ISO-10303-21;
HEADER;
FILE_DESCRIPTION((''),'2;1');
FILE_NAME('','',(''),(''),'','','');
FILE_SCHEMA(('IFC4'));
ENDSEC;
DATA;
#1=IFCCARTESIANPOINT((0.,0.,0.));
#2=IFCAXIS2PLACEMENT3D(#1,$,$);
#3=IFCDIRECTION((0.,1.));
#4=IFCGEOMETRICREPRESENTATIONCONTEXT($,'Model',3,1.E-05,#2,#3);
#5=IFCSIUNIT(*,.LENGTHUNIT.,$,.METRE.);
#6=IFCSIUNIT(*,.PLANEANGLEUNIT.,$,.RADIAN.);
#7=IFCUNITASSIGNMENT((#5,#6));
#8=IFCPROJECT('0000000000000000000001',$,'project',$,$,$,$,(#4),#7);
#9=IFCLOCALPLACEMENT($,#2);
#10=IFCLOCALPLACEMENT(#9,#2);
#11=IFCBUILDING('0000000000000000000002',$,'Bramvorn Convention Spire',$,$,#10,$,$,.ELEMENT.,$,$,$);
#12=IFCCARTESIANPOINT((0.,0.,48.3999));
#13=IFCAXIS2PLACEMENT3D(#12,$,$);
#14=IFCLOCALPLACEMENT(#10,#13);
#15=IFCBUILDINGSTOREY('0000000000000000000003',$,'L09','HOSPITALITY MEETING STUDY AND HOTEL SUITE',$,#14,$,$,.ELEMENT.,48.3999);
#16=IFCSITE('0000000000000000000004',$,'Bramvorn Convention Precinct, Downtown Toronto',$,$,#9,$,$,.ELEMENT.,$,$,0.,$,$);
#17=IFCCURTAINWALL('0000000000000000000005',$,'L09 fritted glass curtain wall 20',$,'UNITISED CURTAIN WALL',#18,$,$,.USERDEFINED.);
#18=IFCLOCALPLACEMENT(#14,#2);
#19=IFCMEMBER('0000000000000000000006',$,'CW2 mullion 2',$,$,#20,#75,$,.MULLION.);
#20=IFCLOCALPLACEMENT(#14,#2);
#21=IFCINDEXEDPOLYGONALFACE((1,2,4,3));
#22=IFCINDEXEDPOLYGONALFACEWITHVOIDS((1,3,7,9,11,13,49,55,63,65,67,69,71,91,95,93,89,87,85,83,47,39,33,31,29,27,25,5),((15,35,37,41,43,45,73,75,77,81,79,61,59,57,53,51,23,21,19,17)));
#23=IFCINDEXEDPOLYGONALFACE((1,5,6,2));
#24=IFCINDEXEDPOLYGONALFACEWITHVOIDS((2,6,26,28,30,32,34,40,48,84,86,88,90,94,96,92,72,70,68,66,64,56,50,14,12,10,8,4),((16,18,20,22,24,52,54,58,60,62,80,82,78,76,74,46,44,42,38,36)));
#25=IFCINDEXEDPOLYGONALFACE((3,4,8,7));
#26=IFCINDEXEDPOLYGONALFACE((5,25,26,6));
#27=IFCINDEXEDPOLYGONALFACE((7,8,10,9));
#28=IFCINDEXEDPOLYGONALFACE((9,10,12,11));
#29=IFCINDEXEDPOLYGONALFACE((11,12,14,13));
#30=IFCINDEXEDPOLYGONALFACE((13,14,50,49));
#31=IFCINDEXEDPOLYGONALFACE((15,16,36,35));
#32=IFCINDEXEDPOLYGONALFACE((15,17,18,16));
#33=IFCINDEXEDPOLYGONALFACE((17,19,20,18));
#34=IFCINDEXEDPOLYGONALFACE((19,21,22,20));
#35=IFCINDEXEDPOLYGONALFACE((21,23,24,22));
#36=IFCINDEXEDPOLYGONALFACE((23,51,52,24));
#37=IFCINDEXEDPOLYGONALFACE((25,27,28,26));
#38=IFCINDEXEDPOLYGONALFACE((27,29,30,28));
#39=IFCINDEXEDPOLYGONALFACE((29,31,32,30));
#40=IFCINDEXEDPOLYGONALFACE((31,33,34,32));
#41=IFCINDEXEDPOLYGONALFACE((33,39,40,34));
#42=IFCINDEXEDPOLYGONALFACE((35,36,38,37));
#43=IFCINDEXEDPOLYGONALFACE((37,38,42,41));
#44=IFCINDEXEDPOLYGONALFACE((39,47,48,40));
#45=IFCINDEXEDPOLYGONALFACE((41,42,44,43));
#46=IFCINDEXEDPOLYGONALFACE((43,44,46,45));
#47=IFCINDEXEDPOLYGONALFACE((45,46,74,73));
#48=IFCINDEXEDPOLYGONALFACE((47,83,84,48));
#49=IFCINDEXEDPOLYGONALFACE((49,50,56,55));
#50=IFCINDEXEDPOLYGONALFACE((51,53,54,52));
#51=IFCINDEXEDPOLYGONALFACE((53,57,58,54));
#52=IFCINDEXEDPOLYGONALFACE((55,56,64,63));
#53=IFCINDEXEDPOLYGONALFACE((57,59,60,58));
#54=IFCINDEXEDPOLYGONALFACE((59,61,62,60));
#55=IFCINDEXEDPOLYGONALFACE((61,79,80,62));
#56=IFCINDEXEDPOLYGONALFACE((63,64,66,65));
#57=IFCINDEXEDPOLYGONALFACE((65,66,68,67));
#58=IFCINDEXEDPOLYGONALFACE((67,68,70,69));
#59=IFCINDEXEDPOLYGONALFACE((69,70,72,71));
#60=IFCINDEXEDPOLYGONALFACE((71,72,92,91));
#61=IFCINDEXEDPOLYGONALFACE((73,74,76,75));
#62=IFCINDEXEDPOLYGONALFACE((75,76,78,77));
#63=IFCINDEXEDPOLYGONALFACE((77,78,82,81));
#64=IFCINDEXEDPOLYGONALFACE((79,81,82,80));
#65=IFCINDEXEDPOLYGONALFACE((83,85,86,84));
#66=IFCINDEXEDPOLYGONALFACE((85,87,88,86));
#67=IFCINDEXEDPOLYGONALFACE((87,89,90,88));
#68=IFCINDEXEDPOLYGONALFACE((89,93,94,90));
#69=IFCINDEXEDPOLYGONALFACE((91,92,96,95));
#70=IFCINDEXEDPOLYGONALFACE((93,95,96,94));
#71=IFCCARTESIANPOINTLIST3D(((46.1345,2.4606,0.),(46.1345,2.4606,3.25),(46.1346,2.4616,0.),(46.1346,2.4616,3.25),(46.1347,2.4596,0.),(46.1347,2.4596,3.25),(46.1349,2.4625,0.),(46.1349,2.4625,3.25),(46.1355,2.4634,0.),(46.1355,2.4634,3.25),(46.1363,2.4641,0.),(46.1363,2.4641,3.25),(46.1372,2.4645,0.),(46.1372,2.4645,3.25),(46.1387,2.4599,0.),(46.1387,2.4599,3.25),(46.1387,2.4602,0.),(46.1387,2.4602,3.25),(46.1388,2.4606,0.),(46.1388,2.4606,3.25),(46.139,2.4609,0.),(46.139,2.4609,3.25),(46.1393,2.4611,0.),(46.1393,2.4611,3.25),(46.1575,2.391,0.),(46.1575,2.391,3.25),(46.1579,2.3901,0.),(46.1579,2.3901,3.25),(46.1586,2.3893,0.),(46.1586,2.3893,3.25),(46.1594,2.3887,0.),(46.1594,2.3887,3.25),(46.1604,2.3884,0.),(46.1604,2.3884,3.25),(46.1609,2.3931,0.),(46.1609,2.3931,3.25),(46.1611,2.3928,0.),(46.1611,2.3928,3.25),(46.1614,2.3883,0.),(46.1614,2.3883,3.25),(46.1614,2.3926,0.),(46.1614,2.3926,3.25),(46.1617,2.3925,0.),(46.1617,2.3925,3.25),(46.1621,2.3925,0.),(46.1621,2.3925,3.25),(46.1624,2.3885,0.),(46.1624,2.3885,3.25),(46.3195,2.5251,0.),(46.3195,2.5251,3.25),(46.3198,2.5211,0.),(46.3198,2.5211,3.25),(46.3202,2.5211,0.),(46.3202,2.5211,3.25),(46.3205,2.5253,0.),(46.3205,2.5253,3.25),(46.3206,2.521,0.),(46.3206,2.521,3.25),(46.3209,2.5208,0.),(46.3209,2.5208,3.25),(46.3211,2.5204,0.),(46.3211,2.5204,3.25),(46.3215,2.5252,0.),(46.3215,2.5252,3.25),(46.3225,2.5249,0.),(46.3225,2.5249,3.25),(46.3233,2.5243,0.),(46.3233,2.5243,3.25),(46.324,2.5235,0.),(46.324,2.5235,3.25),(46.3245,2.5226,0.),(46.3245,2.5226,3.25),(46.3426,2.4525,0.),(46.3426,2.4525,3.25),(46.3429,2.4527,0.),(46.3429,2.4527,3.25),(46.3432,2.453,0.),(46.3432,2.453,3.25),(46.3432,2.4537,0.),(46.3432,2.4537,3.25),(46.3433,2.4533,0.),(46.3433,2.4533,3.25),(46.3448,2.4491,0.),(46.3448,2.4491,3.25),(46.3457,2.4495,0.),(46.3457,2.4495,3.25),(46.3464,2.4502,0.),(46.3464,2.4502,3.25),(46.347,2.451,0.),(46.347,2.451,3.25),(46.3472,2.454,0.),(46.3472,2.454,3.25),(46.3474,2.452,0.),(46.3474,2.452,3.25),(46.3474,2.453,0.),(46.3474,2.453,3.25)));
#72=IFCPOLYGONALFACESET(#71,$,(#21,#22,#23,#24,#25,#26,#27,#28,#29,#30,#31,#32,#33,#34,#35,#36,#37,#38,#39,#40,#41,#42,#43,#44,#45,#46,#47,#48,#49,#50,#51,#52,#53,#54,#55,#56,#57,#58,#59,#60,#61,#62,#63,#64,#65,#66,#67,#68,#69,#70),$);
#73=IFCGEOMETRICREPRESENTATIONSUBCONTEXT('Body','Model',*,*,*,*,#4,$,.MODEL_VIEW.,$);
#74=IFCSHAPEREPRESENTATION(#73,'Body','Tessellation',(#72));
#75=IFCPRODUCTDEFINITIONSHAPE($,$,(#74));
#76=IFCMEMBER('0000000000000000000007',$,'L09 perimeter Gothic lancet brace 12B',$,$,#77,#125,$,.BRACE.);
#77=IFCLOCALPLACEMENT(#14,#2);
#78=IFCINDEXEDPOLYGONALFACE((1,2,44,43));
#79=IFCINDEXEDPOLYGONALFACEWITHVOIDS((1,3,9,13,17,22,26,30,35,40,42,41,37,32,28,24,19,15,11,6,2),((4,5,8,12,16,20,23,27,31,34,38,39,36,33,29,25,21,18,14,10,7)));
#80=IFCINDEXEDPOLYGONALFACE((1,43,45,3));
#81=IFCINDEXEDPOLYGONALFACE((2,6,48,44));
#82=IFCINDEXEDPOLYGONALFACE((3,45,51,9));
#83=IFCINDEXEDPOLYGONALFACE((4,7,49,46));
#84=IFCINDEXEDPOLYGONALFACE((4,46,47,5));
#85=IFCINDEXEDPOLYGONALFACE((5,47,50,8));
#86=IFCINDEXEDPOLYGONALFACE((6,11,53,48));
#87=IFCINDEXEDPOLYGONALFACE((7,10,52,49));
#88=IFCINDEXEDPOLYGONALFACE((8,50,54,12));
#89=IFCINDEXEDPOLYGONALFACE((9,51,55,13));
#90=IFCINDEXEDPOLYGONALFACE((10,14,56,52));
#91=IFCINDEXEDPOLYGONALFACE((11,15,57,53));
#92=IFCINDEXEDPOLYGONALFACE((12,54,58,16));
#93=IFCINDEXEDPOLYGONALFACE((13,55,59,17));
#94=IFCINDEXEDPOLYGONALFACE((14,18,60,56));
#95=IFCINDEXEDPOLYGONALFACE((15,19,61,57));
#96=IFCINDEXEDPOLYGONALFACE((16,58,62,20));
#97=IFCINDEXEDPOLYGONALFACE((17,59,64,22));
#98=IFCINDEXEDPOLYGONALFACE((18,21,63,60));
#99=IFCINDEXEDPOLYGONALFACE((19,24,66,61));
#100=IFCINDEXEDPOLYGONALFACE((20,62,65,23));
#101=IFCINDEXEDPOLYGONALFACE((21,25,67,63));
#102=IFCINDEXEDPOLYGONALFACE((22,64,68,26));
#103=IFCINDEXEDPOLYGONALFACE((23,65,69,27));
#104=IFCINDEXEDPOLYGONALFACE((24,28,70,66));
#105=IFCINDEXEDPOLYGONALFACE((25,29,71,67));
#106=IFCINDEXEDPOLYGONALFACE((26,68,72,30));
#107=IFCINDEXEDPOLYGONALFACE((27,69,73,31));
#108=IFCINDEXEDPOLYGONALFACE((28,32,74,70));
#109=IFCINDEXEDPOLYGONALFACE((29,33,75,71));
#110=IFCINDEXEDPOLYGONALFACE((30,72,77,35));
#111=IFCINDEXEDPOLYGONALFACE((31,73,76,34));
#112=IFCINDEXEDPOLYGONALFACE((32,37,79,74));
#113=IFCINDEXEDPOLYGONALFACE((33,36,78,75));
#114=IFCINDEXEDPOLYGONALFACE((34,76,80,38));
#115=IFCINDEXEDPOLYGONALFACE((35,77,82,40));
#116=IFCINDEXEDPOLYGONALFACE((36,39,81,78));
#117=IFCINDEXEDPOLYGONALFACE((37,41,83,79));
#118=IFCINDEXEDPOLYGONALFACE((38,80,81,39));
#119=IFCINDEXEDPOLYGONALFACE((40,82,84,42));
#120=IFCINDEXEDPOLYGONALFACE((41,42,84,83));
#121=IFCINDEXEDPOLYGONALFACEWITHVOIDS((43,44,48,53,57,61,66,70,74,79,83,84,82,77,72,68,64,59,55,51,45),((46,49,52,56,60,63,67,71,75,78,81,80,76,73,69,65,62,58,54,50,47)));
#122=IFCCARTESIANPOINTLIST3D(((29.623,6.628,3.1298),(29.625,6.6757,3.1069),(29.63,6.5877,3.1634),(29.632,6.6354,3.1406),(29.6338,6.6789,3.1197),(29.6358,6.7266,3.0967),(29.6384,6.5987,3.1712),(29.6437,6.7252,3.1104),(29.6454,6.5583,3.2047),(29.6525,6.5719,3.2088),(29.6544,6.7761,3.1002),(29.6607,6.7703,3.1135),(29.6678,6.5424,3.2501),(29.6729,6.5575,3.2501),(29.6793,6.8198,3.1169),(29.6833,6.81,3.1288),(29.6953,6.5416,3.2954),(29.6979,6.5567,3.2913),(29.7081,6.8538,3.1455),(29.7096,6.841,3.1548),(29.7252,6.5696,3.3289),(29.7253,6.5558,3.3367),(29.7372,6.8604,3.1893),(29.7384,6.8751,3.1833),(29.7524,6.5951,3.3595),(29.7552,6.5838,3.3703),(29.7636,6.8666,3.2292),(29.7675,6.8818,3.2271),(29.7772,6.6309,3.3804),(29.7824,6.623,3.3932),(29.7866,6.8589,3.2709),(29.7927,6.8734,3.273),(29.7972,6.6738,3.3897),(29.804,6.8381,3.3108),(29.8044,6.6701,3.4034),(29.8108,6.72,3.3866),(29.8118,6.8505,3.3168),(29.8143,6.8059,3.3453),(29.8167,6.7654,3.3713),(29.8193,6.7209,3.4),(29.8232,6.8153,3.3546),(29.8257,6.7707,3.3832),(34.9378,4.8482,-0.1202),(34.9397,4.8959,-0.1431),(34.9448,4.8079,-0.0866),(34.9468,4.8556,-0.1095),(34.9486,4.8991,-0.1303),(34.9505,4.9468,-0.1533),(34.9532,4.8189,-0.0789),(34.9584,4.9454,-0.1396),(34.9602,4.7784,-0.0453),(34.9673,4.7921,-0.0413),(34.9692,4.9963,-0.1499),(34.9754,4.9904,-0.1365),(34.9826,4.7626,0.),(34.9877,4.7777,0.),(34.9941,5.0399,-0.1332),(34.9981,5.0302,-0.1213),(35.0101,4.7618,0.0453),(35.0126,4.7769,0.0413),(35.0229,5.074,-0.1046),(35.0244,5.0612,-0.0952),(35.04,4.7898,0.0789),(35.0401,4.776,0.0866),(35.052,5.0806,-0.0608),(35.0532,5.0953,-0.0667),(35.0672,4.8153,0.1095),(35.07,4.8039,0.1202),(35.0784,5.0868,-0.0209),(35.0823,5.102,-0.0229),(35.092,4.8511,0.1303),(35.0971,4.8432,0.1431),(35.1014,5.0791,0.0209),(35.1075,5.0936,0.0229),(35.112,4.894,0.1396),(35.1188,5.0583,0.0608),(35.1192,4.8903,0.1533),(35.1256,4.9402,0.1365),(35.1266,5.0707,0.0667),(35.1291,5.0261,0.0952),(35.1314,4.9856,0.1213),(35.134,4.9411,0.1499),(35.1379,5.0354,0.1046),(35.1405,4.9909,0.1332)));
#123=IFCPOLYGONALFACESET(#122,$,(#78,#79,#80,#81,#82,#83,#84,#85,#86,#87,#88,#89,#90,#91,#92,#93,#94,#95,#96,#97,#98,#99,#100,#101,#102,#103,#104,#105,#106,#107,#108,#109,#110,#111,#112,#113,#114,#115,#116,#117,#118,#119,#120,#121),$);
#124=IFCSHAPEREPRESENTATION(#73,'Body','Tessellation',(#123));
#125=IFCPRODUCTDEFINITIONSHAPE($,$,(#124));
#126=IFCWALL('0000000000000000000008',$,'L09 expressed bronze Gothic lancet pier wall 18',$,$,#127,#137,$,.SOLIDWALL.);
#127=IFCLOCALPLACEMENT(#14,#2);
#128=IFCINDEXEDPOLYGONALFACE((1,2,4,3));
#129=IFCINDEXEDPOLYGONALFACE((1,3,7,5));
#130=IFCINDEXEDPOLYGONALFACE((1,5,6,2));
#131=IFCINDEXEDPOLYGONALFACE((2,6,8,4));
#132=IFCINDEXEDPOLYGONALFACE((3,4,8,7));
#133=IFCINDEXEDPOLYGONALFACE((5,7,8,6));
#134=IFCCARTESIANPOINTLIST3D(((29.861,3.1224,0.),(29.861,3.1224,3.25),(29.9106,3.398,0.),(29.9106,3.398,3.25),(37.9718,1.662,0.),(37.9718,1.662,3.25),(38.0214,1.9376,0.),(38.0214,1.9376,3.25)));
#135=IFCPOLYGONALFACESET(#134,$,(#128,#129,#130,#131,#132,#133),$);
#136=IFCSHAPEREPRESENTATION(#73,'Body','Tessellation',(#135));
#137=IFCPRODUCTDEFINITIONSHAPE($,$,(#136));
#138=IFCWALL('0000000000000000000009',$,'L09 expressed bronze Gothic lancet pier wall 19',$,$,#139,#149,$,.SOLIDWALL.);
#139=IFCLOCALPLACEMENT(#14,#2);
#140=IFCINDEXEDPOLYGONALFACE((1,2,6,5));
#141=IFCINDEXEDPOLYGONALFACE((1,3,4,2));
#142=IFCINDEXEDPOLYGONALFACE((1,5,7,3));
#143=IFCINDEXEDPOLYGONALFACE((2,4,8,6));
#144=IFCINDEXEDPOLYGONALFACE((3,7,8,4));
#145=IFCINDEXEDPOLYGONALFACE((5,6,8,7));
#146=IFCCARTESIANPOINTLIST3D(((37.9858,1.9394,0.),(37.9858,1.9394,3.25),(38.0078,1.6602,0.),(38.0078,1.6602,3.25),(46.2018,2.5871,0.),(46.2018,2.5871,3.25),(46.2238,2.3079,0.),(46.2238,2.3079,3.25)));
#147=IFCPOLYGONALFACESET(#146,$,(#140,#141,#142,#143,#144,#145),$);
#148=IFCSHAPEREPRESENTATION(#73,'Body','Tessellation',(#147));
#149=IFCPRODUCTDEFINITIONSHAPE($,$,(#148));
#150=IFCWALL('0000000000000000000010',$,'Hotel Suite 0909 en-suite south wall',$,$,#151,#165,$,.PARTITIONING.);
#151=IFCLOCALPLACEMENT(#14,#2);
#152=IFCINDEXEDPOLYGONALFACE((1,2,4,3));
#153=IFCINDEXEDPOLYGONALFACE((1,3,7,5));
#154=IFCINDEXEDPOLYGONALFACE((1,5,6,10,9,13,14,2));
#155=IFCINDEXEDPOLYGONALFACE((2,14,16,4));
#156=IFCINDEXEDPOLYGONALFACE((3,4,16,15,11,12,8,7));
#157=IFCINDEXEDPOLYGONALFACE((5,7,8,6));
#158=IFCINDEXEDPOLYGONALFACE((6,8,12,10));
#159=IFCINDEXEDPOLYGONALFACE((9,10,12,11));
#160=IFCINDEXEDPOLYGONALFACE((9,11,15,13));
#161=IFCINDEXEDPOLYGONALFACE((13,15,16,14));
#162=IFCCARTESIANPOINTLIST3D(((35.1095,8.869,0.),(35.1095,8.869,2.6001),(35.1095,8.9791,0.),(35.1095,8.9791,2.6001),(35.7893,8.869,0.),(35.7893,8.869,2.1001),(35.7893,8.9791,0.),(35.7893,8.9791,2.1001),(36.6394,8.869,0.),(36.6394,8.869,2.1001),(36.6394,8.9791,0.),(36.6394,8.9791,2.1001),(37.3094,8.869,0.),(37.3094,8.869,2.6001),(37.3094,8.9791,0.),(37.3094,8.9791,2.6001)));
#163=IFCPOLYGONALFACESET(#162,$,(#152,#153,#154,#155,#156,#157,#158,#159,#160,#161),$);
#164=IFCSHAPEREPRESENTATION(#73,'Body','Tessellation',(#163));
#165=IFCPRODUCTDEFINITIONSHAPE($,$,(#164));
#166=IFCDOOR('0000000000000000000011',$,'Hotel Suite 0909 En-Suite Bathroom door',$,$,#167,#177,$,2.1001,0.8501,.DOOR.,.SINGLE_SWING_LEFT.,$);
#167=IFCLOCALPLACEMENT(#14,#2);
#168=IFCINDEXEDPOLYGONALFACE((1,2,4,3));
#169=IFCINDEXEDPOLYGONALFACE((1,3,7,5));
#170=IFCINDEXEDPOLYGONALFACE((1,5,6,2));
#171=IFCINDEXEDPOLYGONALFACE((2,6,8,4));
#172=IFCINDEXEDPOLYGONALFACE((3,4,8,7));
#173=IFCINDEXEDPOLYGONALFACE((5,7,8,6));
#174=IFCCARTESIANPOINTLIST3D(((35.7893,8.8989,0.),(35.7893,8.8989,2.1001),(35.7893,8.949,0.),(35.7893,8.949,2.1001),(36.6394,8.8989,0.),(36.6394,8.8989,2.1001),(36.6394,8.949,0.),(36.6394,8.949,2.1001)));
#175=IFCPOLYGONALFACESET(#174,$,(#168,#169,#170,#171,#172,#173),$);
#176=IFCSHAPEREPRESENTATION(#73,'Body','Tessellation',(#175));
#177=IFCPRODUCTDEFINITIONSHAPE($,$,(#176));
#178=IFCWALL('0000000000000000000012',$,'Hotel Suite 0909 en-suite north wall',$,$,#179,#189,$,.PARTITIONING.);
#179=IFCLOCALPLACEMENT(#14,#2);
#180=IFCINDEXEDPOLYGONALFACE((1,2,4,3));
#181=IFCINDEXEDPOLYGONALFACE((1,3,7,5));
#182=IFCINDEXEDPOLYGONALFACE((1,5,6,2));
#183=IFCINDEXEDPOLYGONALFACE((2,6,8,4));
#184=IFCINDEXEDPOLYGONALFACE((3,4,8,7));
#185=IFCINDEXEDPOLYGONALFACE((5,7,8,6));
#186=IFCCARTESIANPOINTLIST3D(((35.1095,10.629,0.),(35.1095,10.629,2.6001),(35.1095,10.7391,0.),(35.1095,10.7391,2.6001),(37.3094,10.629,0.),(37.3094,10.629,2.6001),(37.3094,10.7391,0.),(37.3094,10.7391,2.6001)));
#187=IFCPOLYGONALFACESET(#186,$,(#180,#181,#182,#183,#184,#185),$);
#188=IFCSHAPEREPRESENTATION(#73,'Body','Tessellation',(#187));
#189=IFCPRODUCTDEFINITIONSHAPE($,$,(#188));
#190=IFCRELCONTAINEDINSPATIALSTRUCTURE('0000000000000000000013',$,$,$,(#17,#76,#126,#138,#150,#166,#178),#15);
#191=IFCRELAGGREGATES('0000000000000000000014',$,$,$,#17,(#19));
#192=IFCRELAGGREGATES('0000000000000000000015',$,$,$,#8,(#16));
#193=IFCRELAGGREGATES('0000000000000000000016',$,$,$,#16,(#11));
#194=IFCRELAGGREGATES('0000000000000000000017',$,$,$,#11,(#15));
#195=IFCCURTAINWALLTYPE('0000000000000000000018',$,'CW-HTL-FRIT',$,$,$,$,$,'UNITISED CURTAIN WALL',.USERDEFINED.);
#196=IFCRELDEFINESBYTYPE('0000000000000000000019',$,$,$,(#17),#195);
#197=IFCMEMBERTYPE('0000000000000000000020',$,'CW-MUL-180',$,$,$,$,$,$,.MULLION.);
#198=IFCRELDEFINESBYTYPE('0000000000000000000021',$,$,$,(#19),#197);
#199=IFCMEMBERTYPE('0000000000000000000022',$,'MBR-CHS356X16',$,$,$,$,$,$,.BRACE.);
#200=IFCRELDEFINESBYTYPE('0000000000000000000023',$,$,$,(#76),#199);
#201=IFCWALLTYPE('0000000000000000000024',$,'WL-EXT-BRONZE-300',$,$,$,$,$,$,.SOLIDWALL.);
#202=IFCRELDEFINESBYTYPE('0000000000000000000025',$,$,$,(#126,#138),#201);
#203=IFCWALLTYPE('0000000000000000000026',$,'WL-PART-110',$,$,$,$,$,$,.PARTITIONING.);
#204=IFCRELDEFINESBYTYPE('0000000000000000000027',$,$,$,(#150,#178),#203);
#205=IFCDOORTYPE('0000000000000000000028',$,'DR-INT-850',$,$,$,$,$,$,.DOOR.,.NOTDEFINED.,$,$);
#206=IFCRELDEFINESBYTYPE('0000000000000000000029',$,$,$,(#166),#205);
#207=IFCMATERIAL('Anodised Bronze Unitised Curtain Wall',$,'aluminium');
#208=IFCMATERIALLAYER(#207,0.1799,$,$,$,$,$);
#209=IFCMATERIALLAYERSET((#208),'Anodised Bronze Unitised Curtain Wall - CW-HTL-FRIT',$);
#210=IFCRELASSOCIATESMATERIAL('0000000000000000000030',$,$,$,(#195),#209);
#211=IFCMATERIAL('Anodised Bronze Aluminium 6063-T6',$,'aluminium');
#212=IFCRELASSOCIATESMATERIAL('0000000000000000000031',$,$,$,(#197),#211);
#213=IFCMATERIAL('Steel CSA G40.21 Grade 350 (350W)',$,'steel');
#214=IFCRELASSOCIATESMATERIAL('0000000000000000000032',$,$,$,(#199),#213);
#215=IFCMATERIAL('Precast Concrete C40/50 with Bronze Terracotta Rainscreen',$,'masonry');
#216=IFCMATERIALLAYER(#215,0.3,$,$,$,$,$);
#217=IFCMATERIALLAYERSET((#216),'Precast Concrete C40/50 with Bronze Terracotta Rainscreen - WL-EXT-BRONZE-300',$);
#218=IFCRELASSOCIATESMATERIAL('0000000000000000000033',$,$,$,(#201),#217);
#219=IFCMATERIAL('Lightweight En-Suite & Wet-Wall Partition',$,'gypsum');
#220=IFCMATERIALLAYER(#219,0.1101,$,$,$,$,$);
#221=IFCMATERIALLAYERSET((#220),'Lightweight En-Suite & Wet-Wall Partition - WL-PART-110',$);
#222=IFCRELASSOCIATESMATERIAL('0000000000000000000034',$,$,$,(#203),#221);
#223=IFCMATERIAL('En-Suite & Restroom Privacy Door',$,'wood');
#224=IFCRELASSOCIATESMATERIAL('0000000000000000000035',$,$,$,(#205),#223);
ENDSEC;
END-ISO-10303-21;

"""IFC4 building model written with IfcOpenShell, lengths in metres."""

from ifc_helpers import new_model, si_unit, direction, frame, frame_2d, origin, origin_2d, place, context, subcontext, project, spatial, rectangle, hollow_rectangle, hollow_circle, extrude, material, layer, layer_set, material_profile, profile_set, type_object, element, fill, aggregate, save


model = new_model("IFC4")

# Units and contexts
model_context = context("Model", 3, precision=1e-05, world=origin(), true_north=direction((0.0, 1.0)))
body_context = subcontext(model_context, "Body", "Model", "MODEL_VIEW")
ifc_project = project(units=[si_unit("LENGTHUNIT", "METRE"), si_unit("PLANEANGLEUNIT", "RADIAN")], contexts=[model_context])

# Site, building, storey
site_placement = place(None, origin())
site = spatial("IfcSite", under=ifc_project, at=site_placement, Name="Bramvorn Convention Precinct, Downtown Toronto", CompositionType="ELEMENT", RefElevation=0.0)
building_placement = place(site_placement, origin())
building = spatial("IfcBuilding", under=site, at=building_placement, Name="Bramvorn Convention Spire", CompositionType="ELEMENT")
storey_placement = place(building_placement, frame((0.0, 0.0, 48.3999)))
storey = spatial("IfcBuildingStorey", under=building, at=storey_placement, Name="L09", Description="HOSPITALITY MEETING STUDY AND HOTEL SUITE", CompositionType="ELEMENT", Elevation=48.3999)

# Shared definitions
ifc_material_1 = material(Name="Steel CSA G40.21 Grade 350 (350W)", Category="steel")

# Curtain wall, member
ifc_material_2 = material(Name="Anodised Bronze Unitised Curtain Wall", Category="aluminium")
ifc_layer_1 = layer(ifc_material_2, 0.1799)
ifc_layer_set_1 = layer_set([ifc_layer_1], Name="Anodised Bronze Unitised Curtain Wall - CW-HTL-FRIT")
curtain_wall_type = type_object("IfcCurtainWallType", Name="CW-HTL-FRIT", ElementType="UNITISED CURTAIN WALL", PredefinedType="USERDEFINED", material=ifc_layer_set_1)
curtain_wall_placement = place(storey_placement, origin())
curtain_wall = element("IfcCurtainWall", 1, at=curtain_wall_placement, inside=storey, type_object=curtain_wall_type, Name="L09 fritted glass curtain wall 20", ObjectType="UNITISED CURTAIN WALL", PredefinedType="USERDEFINED")
ifc_material_3 = material(Name="Anodised Bronze Aluminium 6063-T6", Category="aluminium")
ifc_material_profile_1 = material_profile(ifc_material_3, hollow_rectangle(XDim=0.0801, YDim=0.2, WallThickness=0.0039, InnerFilletRadius=0.001, OuterFilletRadius=0.0039, at=origin_2d()))
ifc_profile_set_1 = profile_set([ifc_material_profile_1], Name="Anodised Bronze Aluminium 6063-T6 - CWM80X200")
member_type_1 = type_object("IfcMemberType", Name="CW-MUL-180", PredefinedType="MULLION", material=ifc_profile_set_1)
member_1_placement = place(storey_placement, frame((46.241, 2.4568, 0.0), z_axis=(0.0, 0.0, 1.0), x_axis=(0.315255, -0.949007, 0.0)))
member_1 = element("IfcMember", 2, at=member_1_placement, type_object=member_type_1, Name="CW2 mullion 2", PredefinedType="MULLION", context=body_context, shape_type="SweptSolid", body=[
    extrude(hollow_rectangle(XDim=0.0801, YDim=0.2, WallThickness=0.0039, InnerFilletRadius=0.001, OuterFilletRadius=0.0039, at=origin_2d()), origin(), (0.0, 0.0, 1.0), 3.25),
])
aggregate(curtain_wall, [member_1])

# Member
ifc_material_profile_2 = material_profile(ifc_material_1, hollow_circle(Radius=0.1777, WallThickness=0.0159, at=origin_2d()))
ifc_profile_set_2 = profile_set([ifc_material_profile_2], Name="Steel CSA G40.21 Grade 350 (350W) - CHS356X16")
member_type_2 = type_object("IfcMemberType", Name="MBR-CHS356X16", PredefinedType="BRACE", material=ifc_profile_set_2)
member_2_placement = place(storey_placement, frame((35.0391, 4.9312, 0.0), z_axis=(-0.820309, 0.274705, 0.501628), x_axis=(-0.317547, -0.948242, 0.0)))
element("IfcMember", 3, at=member_2_placement, inside=storey, type_object=member_type_2, Name="L09 perimeter Gothic lancet brace 12B", PredefinedType="BRACE", context=body_context, shape_type="SweptSolid", body=[
    extrude(hollow_circle(Radius=0.1777, WallThickness=0.0159, at=origin_2d()), origin(), (0.0, 0.0, 1.0), 6.479),
])

# Walls
ifc_material_4 = material(Name="Precast Concrete C40/50 with Bronze Terracotta Rainscreen", Category="masonry")
ifc_layer_2 = layer(ifc_material_4, 0.3)
ifc_layer_set_2 = layer_set([ifc_layer_2], Name="Precast Concrete C40/50 with Bronze Terracotta Rainscreen - WL-EXT-BRONZE-300")
wall_type_1 = type_object("IfcWallType", Name="WL-EXT-BRONZE-300", PredefinedType="SOLIDWALL", material=ifc_layer_set_2)
wall_1_placement = place(storey_placement, frame((37.9966, 1.7998, 0.0), z_axis=(0.0, 0.0, 1.0), x_axis=(-0.984173, 0.177212, 0.0)))
element("IfcWall", 4, at=wall_1_placement, inside=storey, type_object=wall_type_1, Name="L09 expressed bronze Gothic lancet pier wall 18", PredefinedType="SOLIDWALL", context=body_context, shape_type="SweptSolid", body=[
    extrude(rectangle(XDim=8.2412, YDim=0.28, at=frame_2d((4.1206, 0.0))), origin(), (0.0, 0.0, 1.0), 3.25),
])
wall_2_placement = place(storey_placement, frame((46.2126, 2.4475, 0.0), z_axis=(0.0, 0.0, 1.0), x_axis=(-0.996907, -0.07859, 0.0)))
element("IfcWall", 5, at=wall_2_placement, inside=storey, type_object=wall_type_1, Name="L09 expressed bronze Gothic lancet pier wall 19", PredefinedType="SOLIDWALL", context=body_context, shape_type="SweptSolid", body=[
    extrude(rectangle(XDim=8.2415, YDim=0.28, at=frame_2d((4.1206, 0.0))), origin(), (0.0, 0.0, 1.0), 3.25),
])

# Wall, opening, door
ifc_material_5 = material(Name="Lightweight En-Suite & Wet-Wall Partition", Category="gypsum")
ifc_layer_3 = layer(ifc_material_5, 0.1101)
ifc_layer_set_3 = layer_set([ifc_layer_3], Name="Lightweight En-Suite & Wet-Wall Partition - WL-PART-110")
wall_type_2 = type_object("IfcWallType", Name="WL-PART-110", PredefinedType="PARTITIONING", material=ifc_layer_set_3)
wall_3_placement = place(storey_placement, frame((35.1094, 8.9241, 0.0), z_axis=(0.0, 0.0, 1.0), x_axis=(1.0, 0.0, 0.0)))
wall_3 = element("IfcWall", 6, at=wall_3_placement, inside=storey, type_object=wall_type_2, Name="Hotel Suite 0909 en-suite south wall", PredefinedType="PARTITIONING", context=body_context, shape_type="SweptSolid", body=[
    extrude(rectangle(XDim=2.2, YDim=0.1101, at=frame_2d((1.1001, 0.0))), origin(), (0.0, 0.0, 1.0), 2.6001),
])
opening_1_placement = place(wall_3_placement, frame((0.6799, 0.0, 0.0)))
opening_1 = element("IfcOpeningElement", 7, at=opening_1_placement, cuts=wall_3, PredefinedType="OPENING", context=body_context, shape_type="SweptSolid", body=[
    extrude(rectangle(XDim=0.8501, YDim=2.1001, at=frame_2d((0.425, 1.05))), frame((0.0, 0.0649, 0.0), z_axis=(0.0, -1.0, 0.0), x_axis=(1.0, 0.0, 0.0)), (0.0, 0.0, 1.0), 0.1301),
])
ifc_material_6 = material(Name="En-Suite & Restroom Privacy Door", Category="wood")
door_type = type_object("IfcDoorType", Name="DR-INT-850", OperationType="NOTDEFINED", PredefinedType="DOOR", material=ifc_material_6)
door_1_placement = place(opening_1_placement, origin())
door_1 = element("IfcDoor", 8, at=door_1_placement, inside=storey, type_object=door_type, Name="Hotel Suite 0909 En-Suite Bathroom door", OperationType="SINGLE_SWING_LEFT", OverallHeight=2.1001, OverallWidth=0.8501, PredefinedType="DOOR", context=body_context, shape_type="SweptSolid", body=[
    extrude(rectangle(XDim=0.8501, YDim=2.1001, at=frame_2d((0.425, 1.05))), frame((0.0, 0.0249, 0.0), z_axis=(0.0, -1.0, 0.0), x_axis=(1.0, 0.0, 0.0)), (0.0, 0.0, 1.0), 0.05),
])
fill(opening_1, door_1)

# Wall
wall_4_placement = place(storey_placement, frame((35.1094, 10.6841, 0.0), z_axis=(0.0, 0.0, 1.0), x_axis=(1.0, 0.0, 0.0)))
element("IfcWall", 9, at=wall_4_placement, inside=storey, type_object=wall_type_2, Name="Hotel Suite 0909 en-suite north wall", PredefinedType="PARTITIONING", context=body_context, shape_type="SweptSolid", body=[
    extrude(rectangle(XDim=2.2, YDim=0.1101, at=frame_2d((1.1001, 0.0))), origin(), (0.0, 0.0, 1.0), 2.6001),
])

save(model, "model.ifc")
